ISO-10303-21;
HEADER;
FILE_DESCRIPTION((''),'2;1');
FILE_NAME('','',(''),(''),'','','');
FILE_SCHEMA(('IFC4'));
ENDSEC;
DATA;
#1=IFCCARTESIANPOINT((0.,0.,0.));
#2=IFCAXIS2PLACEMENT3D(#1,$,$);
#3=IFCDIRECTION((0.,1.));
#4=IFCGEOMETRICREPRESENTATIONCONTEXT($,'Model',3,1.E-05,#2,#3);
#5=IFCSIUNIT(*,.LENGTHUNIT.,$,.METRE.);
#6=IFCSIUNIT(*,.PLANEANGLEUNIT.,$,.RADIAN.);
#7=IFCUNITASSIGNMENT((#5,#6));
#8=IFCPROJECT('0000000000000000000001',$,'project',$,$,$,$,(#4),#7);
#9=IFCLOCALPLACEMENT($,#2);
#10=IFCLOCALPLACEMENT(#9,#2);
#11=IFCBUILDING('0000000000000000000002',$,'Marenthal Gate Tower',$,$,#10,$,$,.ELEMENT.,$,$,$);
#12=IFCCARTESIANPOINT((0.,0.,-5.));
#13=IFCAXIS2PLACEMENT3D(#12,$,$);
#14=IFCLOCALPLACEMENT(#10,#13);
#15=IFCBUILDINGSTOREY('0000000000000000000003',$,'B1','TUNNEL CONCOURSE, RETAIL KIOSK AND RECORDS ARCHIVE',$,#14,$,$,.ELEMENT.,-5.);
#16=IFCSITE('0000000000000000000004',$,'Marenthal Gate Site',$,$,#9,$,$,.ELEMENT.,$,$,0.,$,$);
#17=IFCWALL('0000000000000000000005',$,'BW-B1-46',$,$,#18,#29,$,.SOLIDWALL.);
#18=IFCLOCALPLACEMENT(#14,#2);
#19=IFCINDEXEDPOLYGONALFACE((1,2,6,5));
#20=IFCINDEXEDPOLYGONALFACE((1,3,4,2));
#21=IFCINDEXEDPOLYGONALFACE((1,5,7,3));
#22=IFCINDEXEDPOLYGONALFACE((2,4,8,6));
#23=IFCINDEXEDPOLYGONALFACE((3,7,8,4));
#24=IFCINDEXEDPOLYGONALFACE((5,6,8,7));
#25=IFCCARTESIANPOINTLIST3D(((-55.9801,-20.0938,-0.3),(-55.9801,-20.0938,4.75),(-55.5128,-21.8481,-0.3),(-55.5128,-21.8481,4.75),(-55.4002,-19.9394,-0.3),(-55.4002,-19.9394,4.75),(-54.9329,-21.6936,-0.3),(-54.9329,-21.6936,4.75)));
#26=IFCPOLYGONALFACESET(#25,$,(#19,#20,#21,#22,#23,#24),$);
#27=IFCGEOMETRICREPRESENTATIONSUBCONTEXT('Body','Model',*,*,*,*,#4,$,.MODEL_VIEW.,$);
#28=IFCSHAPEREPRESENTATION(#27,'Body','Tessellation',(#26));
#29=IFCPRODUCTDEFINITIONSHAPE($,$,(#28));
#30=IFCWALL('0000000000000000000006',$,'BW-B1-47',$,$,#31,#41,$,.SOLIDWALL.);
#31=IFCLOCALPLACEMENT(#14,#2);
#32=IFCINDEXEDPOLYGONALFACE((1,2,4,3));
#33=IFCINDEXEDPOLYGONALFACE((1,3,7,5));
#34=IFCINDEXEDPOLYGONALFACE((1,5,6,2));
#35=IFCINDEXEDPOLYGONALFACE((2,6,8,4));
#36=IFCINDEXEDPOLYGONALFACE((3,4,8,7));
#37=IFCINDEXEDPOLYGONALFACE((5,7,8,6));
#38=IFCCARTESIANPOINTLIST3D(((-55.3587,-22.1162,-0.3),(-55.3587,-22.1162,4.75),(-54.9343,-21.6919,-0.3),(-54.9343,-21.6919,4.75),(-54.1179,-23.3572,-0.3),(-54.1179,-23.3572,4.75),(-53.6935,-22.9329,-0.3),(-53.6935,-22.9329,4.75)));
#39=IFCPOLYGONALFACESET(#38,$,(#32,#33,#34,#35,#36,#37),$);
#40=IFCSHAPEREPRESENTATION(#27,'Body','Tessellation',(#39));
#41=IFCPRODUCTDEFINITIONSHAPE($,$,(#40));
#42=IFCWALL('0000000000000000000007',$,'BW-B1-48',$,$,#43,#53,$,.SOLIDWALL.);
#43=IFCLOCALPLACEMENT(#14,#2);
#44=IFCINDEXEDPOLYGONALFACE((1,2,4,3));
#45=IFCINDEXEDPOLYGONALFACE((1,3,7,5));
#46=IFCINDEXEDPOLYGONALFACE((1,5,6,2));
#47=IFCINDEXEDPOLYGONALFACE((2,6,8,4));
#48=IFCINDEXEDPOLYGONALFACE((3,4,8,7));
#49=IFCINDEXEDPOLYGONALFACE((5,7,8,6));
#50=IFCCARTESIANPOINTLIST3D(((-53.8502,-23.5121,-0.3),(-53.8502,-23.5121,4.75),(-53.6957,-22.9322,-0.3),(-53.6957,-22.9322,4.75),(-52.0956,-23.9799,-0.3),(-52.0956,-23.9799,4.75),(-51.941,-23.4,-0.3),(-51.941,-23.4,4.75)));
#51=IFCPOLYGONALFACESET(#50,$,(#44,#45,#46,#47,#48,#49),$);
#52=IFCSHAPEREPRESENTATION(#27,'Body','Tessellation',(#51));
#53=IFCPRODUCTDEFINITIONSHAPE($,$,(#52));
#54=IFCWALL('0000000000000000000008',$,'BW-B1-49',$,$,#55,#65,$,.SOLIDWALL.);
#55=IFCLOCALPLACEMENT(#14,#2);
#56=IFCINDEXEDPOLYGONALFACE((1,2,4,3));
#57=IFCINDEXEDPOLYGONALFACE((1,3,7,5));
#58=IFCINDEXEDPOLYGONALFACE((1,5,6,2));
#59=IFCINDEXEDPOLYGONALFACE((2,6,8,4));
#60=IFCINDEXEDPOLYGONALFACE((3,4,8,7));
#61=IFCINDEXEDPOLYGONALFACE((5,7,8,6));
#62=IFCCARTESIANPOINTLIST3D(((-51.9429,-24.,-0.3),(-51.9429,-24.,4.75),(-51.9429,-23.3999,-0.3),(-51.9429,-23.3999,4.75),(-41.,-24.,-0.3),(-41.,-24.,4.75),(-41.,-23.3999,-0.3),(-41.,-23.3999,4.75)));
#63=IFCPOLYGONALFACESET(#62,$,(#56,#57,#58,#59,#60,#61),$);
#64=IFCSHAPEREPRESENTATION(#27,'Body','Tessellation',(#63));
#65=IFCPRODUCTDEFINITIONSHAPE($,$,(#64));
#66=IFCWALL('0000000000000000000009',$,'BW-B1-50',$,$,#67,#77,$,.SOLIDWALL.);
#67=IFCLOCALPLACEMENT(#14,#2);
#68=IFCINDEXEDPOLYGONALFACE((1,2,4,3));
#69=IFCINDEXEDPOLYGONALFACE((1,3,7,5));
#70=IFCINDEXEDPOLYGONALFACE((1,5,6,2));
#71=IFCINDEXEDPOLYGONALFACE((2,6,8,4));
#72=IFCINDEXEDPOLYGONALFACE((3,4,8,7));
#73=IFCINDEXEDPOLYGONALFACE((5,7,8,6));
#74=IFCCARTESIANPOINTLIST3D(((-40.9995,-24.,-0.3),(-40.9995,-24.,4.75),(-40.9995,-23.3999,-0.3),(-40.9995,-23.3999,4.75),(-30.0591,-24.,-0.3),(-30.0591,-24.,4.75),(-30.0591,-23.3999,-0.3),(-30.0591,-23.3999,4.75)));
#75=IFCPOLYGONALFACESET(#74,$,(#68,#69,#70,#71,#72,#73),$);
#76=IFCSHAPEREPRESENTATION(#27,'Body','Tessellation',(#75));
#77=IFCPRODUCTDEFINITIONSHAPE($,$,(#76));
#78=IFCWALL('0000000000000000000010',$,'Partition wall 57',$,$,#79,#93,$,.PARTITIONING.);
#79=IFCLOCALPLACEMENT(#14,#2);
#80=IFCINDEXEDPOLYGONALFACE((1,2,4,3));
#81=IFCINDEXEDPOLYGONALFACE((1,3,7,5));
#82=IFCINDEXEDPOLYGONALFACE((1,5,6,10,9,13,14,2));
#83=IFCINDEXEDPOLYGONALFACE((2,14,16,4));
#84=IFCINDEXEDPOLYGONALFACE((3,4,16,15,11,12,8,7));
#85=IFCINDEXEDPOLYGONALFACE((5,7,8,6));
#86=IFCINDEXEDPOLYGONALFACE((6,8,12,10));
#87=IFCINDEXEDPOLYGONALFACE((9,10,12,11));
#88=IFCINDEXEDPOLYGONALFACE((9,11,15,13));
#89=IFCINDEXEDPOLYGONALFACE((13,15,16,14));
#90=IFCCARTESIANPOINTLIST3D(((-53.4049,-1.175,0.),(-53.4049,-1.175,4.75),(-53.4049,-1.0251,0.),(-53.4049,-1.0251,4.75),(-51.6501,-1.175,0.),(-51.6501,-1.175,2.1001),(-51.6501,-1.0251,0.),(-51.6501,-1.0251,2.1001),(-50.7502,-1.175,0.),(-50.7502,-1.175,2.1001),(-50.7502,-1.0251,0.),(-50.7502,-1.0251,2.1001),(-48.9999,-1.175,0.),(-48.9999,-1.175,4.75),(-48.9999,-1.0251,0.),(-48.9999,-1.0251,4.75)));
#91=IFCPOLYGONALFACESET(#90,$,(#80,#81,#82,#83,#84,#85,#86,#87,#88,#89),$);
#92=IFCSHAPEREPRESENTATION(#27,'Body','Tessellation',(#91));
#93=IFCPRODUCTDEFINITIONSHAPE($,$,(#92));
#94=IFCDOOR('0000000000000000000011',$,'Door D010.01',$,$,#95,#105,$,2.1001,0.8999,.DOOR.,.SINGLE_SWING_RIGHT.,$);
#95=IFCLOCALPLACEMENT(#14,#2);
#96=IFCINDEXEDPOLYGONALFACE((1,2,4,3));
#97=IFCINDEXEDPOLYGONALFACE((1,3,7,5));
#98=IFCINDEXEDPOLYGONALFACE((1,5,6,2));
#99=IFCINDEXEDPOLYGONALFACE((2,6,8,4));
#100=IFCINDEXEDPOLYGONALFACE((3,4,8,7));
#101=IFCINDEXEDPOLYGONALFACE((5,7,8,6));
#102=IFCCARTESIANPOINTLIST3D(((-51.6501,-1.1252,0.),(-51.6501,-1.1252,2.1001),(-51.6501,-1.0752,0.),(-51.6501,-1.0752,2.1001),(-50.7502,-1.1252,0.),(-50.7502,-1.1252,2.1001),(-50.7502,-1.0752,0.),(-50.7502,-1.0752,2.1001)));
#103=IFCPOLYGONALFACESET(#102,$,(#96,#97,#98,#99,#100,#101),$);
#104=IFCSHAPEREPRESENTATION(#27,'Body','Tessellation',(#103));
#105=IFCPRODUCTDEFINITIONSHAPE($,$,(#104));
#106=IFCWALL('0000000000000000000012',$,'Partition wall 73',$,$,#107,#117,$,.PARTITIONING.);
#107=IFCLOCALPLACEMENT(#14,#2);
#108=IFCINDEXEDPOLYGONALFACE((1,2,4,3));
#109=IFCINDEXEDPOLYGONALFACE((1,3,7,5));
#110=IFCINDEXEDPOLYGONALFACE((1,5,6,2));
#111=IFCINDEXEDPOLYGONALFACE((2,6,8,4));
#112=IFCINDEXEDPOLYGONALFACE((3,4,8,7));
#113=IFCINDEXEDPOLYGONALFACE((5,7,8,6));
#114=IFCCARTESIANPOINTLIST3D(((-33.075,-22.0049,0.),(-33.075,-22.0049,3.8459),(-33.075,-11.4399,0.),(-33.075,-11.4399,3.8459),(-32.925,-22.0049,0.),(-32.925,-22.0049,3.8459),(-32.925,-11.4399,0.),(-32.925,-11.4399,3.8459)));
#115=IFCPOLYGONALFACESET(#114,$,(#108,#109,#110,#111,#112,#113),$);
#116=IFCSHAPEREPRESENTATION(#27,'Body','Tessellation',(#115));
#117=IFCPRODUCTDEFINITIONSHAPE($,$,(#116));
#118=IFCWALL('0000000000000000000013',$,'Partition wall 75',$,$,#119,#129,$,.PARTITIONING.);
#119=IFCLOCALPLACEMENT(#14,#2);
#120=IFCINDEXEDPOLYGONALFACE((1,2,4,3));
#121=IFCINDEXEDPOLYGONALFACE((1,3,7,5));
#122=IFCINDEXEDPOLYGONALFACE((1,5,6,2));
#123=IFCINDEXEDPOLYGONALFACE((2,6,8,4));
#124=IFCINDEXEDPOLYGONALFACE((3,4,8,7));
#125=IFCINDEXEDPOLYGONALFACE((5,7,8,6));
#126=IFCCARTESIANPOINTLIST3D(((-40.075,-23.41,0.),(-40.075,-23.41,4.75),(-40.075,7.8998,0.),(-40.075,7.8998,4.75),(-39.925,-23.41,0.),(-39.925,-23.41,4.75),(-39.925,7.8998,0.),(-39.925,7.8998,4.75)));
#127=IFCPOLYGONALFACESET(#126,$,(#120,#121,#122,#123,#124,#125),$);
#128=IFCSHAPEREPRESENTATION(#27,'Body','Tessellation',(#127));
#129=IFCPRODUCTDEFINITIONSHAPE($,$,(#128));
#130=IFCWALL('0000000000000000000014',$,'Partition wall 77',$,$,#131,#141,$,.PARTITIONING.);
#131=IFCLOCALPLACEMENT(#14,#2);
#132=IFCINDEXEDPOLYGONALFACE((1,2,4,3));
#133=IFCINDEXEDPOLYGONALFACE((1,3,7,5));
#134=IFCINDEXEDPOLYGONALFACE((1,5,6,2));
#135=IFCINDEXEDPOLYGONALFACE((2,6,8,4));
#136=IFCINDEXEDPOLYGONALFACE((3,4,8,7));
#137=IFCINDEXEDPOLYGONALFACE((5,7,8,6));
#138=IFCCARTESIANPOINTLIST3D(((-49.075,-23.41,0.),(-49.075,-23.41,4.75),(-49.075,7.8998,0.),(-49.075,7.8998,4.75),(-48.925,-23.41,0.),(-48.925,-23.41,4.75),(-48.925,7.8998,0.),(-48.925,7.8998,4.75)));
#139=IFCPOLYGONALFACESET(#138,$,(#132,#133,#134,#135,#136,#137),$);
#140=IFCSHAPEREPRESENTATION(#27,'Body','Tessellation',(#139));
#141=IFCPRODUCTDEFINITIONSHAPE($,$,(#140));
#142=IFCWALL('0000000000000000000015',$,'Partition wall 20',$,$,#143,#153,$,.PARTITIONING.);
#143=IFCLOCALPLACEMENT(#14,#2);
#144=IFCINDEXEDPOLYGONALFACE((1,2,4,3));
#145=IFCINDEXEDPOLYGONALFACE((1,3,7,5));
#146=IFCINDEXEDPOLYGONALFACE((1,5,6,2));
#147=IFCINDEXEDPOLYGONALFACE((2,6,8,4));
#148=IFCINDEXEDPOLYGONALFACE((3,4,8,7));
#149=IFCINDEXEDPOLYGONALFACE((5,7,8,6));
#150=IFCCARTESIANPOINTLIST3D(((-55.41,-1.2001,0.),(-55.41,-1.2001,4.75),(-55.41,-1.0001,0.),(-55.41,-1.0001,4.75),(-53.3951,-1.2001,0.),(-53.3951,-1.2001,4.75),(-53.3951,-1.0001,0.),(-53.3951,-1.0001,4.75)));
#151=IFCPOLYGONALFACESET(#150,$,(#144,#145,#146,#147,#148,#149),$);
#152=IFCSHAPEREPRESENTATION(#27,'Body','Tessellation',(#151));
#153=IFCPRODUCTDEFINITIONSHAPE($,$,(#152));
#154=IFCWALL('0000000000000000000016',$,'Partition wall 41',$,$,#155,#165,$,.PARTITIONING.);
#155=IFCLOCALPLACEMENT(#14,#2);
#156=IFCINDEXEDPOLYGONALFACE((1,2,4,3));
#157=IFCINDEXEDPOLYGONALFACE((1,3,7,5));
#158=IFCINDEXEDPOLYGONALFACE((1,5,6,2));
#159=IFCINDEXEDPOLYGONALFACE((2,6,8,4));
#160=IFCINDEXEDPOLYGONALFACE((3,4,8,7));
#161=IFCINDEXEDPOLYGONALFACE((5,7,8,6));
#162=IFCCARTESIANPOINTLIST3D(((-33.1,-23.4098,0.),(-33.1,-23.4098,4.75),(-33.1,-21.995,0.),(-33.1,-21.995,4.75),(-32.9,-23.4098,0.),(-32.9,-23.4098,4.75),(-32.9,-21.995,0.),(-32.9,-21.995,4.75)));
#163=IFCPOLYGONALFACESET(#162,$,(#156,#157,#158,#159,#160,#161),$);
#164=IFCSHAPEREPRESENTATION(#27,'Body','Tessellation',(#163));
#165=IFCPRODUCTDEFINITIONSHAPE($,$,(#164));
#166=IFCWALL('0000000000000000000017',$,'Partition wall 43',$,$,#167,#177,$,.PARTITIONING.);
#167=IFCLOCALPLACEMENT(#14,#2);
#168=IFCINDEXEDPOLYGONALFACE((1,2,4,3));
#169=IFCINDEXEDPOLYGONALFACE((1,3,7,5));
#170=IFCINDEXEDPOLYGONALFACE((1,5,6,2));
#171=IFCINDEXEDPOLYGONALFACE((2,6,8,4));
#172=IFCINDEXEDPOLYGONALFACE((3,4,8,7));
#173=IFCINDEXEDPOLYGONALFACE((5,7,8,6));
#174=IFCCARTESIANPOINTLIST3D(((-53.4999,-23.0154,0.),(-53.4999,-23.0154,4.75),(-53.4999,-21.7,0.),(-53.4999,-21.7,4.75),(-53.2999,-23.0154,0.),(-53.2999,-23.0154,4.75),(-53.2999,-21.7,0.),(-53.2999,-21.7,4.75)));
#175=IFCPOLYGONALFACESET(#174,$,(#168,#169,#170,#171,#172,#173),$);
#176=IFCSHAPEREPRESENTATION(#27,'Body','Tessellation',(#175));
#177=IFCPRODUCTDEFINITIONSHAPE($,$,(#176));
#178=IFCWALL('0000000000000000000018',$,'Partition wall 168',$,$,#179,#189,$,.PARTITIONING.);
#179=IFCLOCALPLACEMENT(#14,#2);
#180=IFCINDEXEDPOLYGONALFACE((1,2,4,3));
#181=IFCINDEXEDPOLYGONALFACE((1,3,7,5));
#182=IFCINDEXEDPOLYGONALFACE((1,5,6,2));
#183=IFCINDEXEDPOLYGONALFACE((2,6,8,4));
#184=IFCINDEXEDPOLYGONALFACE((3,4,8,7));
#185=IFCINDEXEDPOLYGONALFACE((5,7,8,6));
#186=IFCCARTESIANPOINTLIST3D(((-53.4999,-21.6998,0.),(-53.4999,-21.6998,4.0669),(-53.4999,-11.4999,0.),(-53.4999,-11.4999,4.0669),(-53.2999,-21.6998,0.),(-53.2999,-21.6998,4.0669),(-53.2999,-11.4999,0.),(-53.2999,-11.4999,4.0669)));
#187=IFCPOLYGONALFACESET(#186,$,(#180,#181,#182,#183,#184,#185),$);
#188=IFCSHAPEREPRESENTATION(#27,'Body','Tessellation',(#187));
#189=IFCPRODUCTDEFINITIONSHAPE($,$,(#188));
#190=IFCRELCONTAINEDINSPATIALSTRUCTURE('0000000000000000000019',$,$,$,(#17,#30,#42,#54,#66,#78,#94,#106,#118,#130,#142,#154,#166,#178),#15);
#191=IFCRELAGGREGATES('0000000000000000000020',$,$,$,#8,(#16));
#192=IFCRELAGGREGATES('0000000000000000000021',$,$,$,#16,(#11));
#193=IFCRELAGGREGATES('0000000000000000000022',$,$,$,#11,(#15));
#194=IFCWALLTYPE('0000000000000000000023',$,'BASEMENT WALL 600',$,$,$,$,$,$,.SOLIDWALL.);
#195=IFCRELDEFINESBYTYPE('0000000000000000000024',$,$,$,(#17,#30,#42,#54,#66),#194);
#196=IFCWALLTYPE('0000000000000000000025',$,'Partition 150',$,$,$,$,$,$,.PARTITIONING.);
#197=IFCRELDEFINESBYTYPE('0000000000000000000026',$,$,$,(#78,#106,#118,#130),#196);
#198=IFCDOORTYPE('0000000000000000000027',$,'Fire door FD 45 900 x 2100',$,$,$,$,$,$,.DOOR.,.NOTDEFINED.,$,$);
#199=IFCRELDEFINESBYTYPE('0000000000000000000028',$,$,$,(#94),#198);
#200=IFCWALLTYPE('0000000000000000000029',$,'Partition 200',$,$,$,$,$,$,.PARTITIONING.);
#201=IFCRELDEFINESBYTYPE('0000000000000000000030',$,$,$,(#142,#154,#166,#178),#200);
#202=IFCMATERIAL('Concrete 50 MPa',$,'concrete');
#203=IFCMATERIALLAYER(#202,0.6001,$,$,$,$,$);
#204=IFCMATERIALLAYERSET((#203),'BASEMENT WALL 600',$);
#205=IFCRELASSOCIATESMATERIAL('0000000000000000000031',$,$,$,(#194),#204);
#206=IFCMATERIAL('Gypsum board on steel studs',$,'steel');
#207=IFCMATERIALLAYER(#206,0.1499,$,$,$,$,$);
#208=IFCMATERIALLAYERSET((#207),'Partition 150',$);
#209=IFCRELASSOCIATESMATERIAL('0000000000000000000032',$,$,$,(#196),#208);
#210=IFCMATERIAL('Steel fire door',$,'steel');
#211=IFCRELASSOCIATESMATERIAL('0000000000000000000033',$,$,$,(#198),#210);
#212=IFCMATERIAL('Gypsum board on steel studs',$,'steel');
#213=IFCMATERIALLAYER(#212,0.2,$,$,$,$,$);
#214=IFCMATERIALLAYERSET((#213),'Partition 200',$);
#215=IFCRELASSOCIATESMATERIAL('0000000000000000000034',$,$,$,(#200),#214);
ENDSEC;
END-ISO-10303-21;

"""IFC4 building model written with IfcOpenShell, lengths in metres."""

from ifc_helpers import new_model, si_unit, direction, frame, frame_2d, origin, place, context, subcontext, project, spatial, rectangle, extrude, material, layer, layer_set, type_object, element, fill, save


model = new_model("IFC4")

# Units and contexts
model_context = context("Model", 3, precision=1e-05, world=origin(), true_north=direction((0.0, 1.0)))
body_context = subcontext(model_context, "Body", "Model", "MODEL_VIEW")
ifc_project = project(units=[si_unit("LENGTHUNIT", "METRE"), si_unit("PLANEANGLEUNIT", "RADIAN")], contexts=[model_context])

# Site, building, storey
site_placement = place(None, origin())
site = spatial("IfcSite", under=ifc_project, at=site_placement, Name="Marenthal Gate Site", CompositionType="ELEMENT", RefElevation=0.0)
building_placement = place(site_placement, origin())
building = spatial("IfcBuilding", under=site, at=building_placement, Name="Marenthal Gate Tower", CompositionType="ELEMENT")
storey_placement = place(building_placement, frame((0.0, 0.0, -5.0)))
storey = spatial("IfcBuildingStorey", under=building, at=storey_placement, Name="B1", Description="TUNNEL CONCOURSE, RETAIL KIOSK AND RECORDS ARCHIVE", CompositionType="ELEMENT", Elevation=-5.0)

# Walls
ifc_material_1 = material(Name="Concrete 50 MPa", Category="concrete")
ifc_layer_1 = layer(ifc_material_1, 0.6001)
ifc_layer_set_1 = layer_set([ifc_layer_1], Name="BASEMENT WALL 600")
wall_type_1 = type_object("IfcWallType", Name="BASEMENT WALL 600", PredefinedType="SOLIDWALL", material=ifc_layer_set_1)
wall_1_placement = place(storey_placement, frame((-55.6902, -20.0166, -0.3), z_axis=(0.0, 0.0, 1.0), x_axis=(0.257412, -0.966302, 0.0)))
element("IfcWall", 1, at=wall_1_placement, inside=storey, type_object=wall_type_1, Name="BW-B1-46", PredefinedType="SOLIDWALL", context=body_context, shape_type="SweptSolid", body=[
    extrude(rectangle(XDim=1.8154, YDim=0.6001, at=frame_2d((0.9077, 0.0))), origin(), (0.0, 0.0, 1.0), 5.05),
])
wall_2_placement = place(storey_placement, frame((-55.1465, -21.9041, -0.3), z_axis=(0.0, 0.0, 1.0), x_axis=(0.707037, -0.707176, 0.0)))
element("IfcWall", 2, at=wall_2_placement, inside=storey, type_object=wall_type_1, Name="BW-B1-47", PredefinedType="SOLIDWALL", context=body_context, shape_type="SweptSolid", body=[
    extrude(rectangle(XDim=1.7549, YDim=0.6001, at=frame_2d((0.8774, 0.0))), origin(), (0.0, 0.0, 1.0), 5.05),
])
wall_3_placement = place(storey_placement, frame((-53.7729, -23.2222, -0.3), z_axis=(0.0, 0.0, 1.0), x_axis=(0.966253, -0.257596, 0.0)))
element("IfcWall", 3, at=wall_3_placement, inside=storey, type_object=wall_type_1, Name="BW-B1-48", PredefinedType="SOLIDWALL", context=body_context, shape_type="SweptSolid", body=[
    extrude(rectangle(XDim=1.8159, YDim=0.6001, at=frame_2d((0.908, 0.0))), origin(), (0.0, 0.0, 1.0), 5.05),
])
wall_4_placement = place(storey_placement, frame((-51.9429, -23.7, -0.3), z_axis=(0.0, 0.0, 1.0), x_axis=(1.0, 0.0, 0.0)))
element("IfcWall", 4, at=wall_4_placement, inside=storey, type_object=wall_type_1, Name="BW-B1-49", PredefinedType="SOLIDWALL", context=body_context, shape_type="SweptSolid", body=[
    extrude(rectangle(XDim=10.9429, YDim=0.6001, at=frame_2d((5.4714, 0.0))), origin(), (0.0, 0.0, 1.0), 5.05),
])
wall_5_placement = place(storey_placement, frame((-40.9995, -23.7, -0.3), z_axis=(0.0, 0.0, 1.0), x_axis=(1.0, 0.0, 0.0)))
element("IfcWall", 5, at=wall_5_placement, inside=storey, type_object=wall_type_1, Name="BW-B1-50", PredefinedType="SOLIDWALL", context=body_context, shape_type="SweptSolid", body=[
    extrude(rectangle(XDim=10.9404, YDim=0.6001, at=frame_2d((5.4702, 0.0))), origin(), (0.0, 0.0, 1.0), 5.05),
])

# Wall, opening, door
ifc_material_2 = material(Name="Gypsum board on steel studs", Category="steel")
ifc_layer_2 = layer(ifc_material_2, 0.1499)
ifc_layer_set_2 = layer_set([ifc_layer_2], Name="Partition 150")
wall_type_2 = type_object("IfcWallType", Name="Partition 150", PredefinedType="PARTITIONING", material=ifc_layer_set_2)
wall_6_placement = place(storey_placement, frame((-53.405, -1.1001, 0.0), z_axis=(0.0, 0.0, 1.0), x_axis=(1.0, 0.0, 0.0)))
wall_6 = element("IfcWall", 6, at=wall_6_placement, inside=storey, type_object=wall_type_2, Name="Partition wall 57", PredefinedType="PARTITIONING", context=body_context, shape_type="SweptSolid", body=[
    extrude(rectangle(XDim=4.405, YDim=0.1499, at=frame_2d((2.2026, 0.0))), origin(), (0.0, 0.0, 1.0), 4.75),
])
opening_placement = place(wall_6_placement, frame((1.7549, 0.0, 0.0)))
opening = element("IfcOpeningElement", 7, at=opening_placement, cuts=wall_6, PredefinedType="OPENING", context=body_context, shape_type="SweptSolid", body=[
    extrude(rectangle(XDim=0.8999, YDim=2.1001, at=frame_2d((0.45, 1.05))), frame((0.0, 0.085, 0.0), z_axis=(0.0, -1.0, 0.0), x_axis=(1.0, 0.0, 0.0)), (0.0, 0.0, 1.0), 0.1699),
])
ifc_material_3 = material(Name="Steel fire door", Category="steel")
door_type = type_object("IfcDoorType", Name="Fire door FD 45 900 x 2100", OperationType="NOTDEFINED", PredefinedType="DOOR", material=ifc_material_3)
door_placement = place(opening_placement, origin())
door = element("IfcDoor", 8, at=door_placement, inside=storey, type_object=door_type, Name="Door D010.01", OperationType="SINGLE_SWING_RIGHT", OverallHeight=2.1001, OverallWidth=0.8999, PredefinedType="DOOR", context=body_context, shape_type="SweptSolid", body=[
    extrude(rectangle(XDim=0.8999, YDim=2.1001, at=frame_2d((0.45, 1.05))), frame((0.0, 0.0249, 0.0), z_axis=(0.0, -1.0, 0.0), x_axis=(1.0, 0.0, 0.0)), (0.0, 0.0, 1.0), 0.05),
])
fill(opening, door)

# Walls
wall_7_placement = place(storey_placement, frame((-33.0, -22.0049, 0.0), z_axis=(0.0, 0.0, 1.0), x_axis=(0.0, 1.0, 0.0)))
element("IfcWall", 9, at=wall_7_placement, inside=storey, type_object=wall_type_2, Name="Partition wall 73", PredefinedType="PARTITIONING", context=body_context, shape_type="SweptSolid", body=[
    extrude(rectangle(XDim=10.5649, YDim=0.1499, at=frame_2d((5.2825, 0.0))), origin(), (0.0, 0.0, 1.0), 3.8459),
])
for number, where, z_axis, x_axis, name in (
    (10, (-40.0, -23.4099, 0.0), (0.0, 0.0, 1.0), (0.0, 1.0, 0.0), "Partition wall 75"),
    (11, (-49.0, -23.4099, 0.0), (0.0, 0.0, 1.0), (0.0, 1.0, 0.0), "Partition wall 77"),
):
    element("IfcWall", number, at=place(storey_placement, frame(where, z_axis=z_axis, x_axis=x_axis)), inside=storey, type_object=wall_type_2, Name=name, PredefinedType="PARTITIONING", context=body_context, shape_type="SweptSolid", body=[
        extrude(rectangle(XDim=31.3098, YDim=0.1499, at=frame_2d((15.6548, 0.0))), origin(), (0.0, 0.0, 1.0), 4.75),
    ])
ifc_material_4 = material(Name="Gypsum board on steel studs", Category="steel")
ifc_layer_3 = layer(ifc_material_4, 0.2)
ifc_layer_set_3 = layer_set([ifc_layer_3], Name="Partition 200")
wall_type_3 = type_object("IfcWallType", Name="Partition 200", PredefinedType="PARTITIONING", material=ifc_layer_set_3)
wall_8_placement = place(storey_placement, frame((-55.4099, -1.1001, 0.0), z_axis=(0.0, 0.0, 1.0), x_axis=(1.0, 0.0, 0.0)))
element("IfcWall", 12, at=wall_8_placement, inside=storey, type_object=wall_type_3, Name="Partition wall 20", PredefinedType="PARTITIONING", context=body_context, shape_type="SweptSolid", body=[
    extrude(rectangle(XDim=2.0149, YDim=0.2, at=frame_2d((1.0073, 0.0))), origin(), (0.0, 0.0, 1.0), 4.75),
])
wall_9_placement = place(storey_placement, frame((-33.0, -23.4099, 0.0), z_axis=(0.0, 0.0, 1.0), x_axis=(0.0, 1.0, 0.0)))
element("IfcWall", 13, at=wall_9_placement, inside=storey, type_object=wall_type_3, Name="Partition wall 41", PredefinedType="PARTITIONING", context=body_context, shape_type="SweptSolid", body=[
    extrude(rectangle(XDim=1.4148, YDim=0.2, at=frame_2d((0.7075, 0.0))), origin(), (0.0, 0.0, 1.0), 4.75),
])
wall_10_placement = place(storey_placement, frame((-53.3999, -23.0154, 0.0), z_axis=(0.0, 0.0, 1.0), x_axis=(0.0, 1.0, 0.0)))
element("IfcWall", 14, at=wall_10_placement, inside=storey, type_object=wall_type_3, Name="Partition wall 43", PredefinedType="PARTITIONING", context=body_context, shape_type="SweptSolid", body=[
    extrude(rectangle(XDim=1.3154, YDim=0.2, at=frame_2d((0.6577, 0.0))), origin(), (0.0, 0.0, 1.0), 4.75),
])
wall_11_placement = place(storey_placement, frame((-53.3999, -21.7, 0.0), z_axis=(0.0, 0.0, 1.0), x_axis=(0.0, 1.0, 0.0)))
element("IfcWall", 15, at=wall_11_placement, inside=storey, type_object=wall_type_3, Name="Partition wall 168", PredefinedType="PARTITIONING", context=body_context, shape_type="SweptSolid", body=[
    extrude(rectangle(XDim=10.2, YDim=0.2, at=frame_2d((5.1001, 0.0))), origin(), (0.0, 0.0, 1.0), 4.0669),
])

save(model, "model.ifc")
